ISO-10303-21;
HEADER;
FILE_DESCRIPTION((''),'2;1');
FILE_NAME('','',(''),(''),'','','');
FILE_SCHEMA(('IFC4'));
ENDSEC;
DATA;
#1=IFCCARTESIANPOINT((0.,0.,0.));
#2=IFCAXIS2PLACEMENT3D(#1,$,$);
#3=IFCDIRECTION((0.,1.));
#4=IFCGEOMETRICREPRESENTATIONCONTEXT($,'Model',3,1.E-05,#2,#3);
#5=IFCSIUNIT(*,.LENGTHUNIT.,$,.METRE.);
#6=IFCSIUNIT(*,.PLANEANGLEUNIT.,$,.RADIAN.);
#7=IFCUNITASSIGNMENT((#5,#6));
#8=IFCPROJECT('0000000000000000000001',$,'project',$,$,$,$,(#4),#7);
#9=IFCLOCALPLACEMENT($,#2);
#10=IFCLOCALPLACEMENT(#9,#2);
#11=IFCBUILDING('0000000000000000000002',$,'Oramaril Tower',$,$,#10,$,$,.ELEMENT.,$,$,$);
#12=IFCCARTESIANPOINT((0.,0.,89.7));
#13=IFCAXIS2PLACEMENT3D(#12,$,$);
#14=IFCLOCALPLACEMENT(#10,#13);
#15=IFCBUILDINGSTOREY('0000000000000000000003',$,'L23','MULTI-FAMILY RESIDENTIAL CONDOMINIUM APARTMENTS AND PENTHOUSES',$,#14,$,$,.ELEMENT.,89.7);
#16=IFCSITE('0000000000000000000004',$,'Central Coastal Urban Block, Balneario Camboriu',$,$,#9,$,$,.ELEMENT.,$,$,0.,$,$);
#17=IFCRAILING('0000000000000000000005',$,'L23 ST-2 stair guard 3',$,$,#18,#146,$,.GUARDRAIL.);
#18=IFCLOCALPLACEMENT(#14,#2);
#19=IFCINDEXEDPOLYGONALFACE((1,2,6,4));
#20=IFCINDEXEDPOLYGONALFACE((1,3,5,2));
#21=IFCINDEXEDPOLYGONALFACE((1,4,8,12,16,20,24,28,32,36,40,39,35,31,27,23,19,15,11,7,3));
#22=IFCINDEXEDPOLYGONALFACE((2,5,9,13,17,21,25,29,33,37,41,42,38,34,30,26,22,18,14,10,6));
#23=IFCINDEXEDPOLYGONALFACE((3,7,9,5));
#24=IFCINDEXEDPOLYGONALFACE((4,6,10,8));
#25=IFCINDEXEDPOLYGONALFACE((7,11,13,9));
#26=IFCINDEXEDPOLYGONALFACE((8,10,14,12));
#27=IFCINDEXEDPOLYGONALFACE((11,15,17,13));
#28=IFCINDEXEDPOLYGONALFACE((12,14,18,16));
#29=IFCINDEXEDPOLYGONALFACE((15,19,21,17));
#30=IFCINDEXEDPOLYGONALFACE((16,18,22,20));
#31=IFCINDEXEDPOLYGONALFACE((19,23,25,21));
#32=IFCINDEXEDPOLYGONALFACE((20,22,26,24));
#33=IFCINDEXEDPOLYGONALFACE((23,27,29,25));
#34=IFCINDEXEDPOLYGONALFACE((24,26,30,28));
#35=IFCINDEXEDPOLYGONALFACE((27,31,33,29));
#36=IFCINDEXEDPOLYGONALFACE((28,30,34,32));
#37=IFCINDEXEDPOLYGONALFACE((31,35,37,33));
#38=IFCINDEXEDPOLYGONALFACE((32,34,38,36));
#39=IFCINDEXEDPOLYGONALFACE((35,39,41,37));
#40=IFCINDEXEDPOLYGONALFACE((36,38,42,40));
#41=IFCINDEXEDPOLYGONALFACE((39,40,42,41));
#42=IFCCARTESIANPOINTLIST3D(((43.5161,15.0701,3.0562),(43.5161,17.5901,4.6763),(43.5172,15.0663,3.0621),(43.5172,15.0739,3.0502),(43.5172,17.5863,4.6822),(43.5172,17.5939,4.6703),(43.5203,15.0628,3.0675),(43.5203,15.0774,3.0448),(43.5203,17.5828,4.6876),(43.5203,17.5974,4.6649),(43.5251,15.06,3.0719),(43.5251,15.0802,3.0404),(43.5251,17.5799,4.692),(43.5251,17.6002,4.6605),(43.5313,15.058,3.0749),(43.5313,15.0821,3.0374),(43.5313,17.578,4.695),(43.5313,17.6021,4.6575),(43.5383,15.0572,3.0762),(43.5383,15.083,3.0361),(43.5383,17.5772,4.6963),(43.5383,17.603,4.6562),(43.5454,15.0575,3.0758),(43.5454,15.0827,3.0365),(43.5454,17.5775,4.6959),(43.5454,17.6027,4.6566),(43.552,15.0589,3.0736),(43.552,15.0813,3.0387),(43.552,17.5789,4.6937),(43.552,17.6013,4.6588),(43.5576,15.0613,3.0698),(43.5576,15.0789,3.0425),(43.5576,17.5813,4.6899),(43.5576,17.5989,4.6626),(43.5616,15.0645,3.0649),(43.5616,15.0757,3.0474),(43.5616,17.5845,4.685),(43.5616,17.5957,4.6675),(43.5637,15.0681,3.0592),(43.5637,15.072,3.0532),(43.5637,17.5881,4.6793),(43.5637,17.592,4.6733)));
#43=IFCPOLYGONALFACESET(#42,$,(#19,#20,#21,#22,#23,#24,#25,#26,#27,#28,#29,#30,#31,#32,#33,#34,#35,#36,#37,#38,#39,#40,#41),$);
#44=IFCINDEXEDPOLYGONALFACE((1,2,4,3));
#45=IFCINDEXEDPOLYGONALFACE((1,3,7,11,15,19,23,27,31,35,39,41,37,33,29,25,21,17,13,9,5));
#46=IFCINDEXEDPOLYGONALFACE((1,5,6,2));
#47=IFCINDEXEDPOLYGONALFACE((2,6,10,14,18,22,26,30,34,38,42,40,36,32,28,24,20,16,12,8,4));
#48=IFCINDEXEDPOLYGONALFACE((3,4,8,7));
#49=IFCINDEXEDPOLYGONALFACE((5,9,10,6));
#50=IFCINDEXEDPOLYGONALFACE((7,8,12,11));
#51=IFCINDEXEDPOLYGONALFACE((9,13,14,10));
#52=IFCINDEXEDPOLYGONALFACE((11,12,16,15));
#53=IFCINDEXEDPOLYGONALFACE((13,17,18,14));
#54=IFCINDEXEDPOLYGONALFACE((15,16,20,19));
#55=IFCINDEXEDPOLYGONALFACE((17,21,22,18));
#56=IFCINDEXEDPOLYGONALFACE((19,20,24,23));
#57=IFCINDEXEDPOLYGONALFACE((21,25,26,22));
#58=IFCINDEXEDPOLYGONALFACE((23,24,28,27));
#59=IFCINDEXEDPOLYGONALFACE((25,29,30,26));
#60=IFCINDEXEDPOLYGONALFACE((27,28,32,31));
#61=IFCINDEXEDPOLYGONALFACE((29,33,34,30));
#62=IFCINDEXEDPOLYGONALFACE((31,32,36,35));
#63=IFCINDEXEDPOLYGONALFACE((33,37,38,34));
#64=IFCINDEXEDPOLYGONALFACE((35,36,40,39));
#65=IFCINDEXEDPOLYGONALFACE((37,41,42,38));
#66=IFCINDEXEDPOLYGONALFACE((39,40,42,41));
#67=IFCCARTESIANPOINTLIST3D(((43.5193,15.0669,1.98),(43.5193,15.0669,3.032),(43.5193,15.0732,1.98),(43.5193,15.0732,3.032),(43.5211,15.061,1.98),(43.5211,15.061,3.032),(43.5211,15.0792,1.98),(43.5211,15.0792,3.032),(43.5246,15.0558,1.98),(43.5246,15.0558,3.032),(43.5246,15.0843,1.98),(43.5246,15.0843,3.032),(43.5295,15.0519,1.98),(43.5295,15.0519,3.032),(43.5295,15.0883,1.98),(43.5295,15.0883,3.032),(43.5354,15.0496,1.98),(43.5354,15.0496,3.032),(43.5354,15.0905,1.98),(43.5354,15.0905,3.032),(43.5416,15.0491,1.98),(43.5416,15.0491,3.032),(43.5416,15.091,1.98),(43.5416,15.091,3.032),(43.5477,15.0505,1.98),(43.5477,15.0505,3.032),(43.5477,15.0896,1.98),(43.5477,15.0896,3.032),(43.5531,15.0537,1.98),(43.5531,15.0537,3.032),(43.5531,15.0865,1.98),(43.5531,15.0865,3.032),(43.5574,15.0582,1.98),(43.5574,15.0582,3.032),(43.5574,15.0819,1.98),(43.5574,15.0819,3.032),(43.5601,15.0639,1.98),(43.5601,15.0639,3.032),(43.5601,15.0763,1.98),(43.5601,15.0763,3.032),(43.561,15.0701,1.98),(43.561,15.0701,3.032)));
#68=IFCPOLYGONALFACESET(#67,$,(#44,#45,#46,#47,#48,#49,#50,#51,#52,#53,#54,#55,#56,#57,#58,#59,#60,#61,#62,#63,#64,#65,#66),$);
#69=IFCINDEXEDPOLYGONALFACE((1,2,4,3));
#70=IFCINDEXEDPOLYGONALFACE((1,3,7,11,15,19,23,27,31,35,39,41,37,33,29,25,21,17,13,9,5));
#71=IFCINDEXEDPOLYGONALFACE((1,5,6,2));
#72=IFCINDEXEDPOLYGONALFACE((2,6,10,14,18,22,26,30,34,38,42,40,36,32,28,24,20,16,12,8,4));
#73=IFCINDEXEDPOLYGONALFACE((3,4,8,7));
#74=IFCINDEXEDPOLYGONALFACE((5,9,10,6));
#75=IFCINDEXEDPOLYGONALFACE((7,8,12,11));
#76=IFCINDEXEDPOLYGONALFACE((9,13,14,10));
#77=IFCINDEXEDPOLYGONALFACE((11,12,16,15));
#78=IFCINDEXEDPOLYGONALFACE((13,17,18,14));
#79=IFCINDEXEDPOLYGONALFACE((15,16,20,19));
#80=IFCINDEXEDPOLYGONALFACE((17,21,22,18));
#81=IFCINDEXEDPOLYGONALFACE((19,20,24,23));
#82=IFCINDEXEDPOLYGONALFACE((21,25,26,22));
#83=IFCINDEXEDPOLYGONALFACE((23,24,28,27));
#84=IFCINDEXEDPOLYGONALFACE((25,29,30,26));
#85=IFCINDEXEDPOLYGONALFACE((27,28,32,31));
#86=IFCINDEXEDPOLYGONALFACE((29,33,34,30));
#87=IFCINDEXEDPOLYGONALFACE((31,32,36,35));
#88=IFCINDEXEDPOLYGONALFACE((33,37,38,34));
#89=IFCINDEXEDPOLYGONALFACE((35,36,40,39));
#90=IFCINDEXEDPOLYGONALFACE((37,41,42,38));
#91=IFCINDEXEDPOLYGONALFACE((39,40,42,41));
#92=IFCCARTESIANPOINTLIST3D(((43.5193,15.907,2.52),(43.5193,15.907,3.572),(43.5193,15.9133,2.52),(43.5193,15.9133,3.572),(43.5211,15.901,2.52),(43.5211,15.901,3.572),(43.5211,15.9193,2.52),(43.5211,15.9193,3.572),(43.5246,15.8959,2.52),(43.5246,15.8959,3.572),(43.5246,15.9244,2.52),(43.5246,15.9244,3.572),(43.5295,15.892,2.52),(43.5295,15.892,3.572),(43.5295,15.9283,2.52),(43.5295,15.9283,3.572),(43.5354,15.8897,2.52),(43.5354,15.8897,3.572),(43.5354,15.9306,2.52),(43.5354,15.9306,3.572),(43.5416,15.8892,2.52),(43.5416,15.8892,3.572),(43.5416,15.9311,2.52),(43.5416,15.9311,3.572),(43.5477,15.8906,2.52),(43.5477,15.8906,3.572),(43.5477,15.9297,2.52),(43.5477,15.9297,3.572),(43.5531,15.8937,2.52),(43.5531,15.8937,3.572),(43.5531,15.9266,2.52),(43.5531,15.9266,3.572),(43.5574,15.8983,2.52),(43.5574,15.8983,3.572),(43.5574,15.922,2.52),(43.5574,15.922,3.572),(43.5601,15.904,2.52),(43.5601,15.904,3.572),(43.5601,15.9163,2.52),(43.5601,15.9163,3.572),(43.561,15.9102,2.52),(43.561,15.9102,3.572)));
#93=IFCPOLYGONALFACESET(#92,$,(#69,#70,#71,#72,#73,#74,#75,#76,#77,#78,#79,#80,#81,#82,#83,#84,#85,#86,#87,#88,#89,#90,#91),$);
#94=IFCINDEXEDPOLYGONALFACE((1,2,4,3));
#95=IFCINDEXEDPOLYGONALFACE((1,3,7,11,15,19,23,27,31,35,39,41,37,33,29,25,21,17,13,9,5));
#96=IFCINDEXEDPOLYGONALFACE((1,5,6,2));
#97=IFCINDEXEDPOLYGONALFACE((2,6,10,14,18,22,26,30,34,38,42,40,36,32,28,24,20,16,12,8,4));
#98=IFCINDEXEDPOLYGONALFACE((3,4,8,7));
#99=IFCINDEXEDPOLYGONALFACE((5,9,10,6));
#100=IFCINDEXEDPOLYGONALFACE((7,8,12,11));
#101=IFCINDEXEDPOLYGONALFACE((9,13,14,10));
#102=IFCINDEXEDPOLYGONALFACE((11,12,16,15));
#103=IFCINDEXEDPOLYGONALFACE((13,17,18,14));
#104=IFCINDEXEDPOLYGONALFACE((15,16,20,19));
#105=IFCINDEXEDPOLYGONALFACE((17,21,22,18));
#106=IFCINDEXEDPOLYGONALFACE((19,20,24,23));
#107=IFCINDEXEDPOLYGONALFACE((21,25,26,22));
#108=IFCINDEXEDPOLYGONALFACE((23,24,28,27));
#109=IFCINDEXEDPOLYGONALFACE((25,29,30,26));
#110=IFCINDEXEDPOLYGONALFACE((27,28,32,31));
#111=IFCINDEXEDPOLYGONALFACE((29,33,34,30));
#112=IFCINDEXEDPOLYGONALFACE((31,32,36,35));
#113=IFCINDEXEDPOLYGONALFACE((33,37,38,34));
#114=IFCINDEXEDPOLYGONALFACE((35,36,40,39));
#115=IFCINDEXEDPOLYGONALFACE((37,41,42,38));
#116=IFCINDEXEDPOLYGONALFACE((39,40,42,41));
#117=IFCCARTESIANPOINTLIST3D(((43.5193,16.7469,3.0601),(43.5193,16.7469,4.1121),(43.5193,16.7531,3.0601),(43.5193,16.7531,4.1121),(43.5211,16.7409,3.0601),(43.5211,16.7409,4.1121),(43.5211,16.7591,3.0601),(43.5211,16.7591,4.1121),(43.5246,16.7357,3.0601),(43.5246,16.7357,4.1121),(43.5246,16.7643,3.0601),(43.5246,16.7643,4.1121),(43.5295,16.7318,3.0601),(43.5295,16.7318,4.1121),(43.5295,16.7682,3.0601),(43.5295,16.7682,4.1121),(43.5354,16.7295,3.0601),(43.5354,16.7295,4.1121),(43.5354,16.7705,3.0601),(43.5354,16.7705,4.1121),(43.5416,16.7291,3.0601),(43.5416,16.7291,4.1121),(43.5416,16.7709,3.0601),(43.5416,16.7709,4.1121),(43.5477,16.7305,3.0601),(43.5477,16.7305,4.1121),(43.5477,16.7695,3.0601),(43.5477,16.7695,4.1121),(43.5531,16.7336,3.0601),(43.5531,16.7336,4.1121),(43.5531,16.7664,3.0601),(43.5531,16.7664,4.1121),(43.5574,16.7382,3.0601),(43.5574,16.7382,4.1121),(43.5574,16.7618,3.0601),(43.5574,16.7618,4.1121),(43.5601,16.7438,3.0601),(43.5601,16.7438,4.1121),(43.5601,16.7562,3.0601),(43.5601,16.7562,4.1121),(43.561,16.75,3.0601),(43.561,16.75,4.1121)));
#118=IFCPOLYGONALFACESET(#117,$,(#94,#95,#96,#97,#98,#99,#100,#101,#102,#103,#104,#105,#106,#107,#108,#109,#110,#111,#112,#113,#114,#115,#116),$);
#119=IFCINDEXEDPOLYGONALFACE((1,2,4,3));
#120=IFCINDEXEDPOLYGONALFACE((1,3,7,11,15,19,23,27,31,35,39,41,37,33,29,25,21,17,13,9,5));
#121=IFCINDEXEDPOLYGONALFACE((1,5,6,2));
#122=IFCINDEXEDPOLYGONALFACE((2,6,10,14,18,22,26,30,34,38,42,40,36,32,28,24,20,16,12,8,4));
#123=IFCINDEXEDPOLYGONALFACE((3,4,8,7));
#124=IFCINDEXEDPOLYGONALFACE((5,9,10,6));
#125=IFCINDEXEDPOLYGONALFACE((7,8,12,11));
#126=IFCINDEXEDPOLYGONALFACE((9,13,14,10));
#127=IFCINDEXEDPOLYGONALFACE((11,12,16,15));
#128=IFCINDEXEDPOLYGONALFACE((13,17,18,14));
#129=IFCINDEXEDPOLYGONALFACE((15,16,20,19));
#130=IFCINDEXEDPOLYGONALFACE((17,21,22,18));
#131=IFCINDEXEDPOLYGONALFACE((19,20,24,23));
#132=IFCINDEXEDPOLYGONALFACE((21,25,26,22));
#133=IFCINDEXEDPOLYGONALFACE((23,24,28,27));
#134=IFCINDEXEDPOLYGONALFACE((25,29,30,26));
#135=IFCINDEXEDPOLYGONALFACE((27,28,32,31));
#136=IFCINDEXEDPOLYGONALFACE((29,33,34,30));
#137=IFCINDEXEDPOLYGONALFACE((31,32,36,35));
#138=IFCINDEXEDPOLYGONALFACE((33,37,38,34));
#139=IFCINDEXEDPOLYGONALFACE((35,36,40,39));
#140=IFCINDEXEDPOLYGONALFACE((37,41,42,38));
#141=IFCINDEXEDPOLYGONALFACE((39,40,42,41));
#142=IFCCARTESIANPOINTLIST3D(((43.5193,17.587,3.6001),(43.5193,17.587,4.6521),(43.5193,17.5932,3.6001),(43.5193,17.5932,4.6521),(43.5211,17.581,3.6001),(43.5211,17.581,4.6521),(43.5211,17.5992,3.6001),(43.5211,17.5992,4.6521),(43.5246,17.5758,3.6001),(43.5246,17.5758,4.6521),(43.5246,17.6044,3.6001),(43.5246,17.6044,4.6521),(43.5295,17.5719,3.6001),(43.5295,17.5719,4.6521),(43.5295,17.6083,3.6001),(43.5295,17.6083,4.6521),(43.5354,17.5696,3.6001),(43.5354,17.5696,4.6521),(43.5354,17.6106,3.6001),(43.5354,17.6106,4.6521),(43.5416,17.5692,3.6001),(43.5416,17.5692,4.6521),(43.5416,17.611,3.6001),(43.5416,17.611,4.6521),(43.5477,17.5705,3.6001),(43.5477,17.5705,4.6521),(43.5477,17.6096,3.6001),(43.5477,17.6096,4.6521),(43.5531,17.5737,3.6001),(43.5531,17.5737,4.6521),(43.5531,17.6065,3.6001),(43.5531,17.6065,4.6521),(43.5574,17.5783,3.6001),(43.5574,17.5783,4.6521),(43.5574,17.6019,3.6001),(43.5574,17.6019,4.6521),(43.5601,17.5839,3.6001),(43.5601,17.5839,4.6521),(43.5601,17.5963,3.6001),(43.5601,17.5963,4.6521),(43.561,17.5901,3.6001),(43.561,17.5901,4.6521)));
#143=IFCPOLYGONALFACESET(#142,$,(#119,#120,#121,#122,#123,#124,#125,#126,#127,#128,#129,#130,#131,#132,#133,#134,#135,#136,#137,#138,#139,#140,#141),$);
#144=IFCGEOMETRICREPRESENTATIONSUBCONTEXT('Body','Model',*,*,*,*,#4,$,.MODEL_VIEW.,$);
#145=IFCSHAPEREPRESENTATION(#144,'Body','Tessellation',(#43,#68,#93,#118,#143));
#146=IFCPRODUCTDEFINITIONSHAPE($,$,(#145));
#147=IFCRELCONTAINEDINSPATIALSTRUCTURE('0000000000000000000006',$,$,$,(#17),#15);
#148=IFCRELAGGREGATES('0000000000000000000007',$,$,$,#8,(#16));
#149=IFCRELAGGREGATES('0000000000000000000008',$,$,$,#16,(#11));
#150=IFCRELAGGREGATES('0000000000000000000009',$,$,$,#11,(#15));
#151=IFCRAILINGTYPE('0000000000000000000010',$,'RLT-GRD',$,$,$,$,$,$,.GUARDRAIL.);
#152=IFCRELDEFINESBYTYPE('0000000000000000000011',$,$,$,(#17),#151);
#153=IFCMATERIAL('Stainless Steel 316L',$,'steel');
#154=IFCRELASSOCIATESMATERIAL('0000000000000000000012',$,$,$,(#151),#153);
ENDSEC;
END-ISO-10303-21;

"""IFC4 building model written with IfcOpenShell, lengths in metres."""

from ifc_helpers import new_model, si_unit, direction, frame, origin, origin_2d, place, context, subcontext, project, spatial, circle, extrude, material, type_object, element, save


model = new_model("IFC4")

# Units and contexts
model_context = context("Model", 3, precision=1e-05, world=origin(), true_north=direction((0.0, 1.0)))
body_context = subcontext(model_context, "Body", "Model", "MODEL_VIEW")
ifc_project = project(units=[si_unit("LENGTHUNIT", "METRE"), si_unit("PLANEANGLEUNIT", "RADIAN")], contexts=[model_context])

# Site, building, storey
site_placement = place(None, origin())
site = spatial("IfcSite", under=ifc_project, at=site_placement, Name="Central Coastal Urban Block, Balneario Camboriu", CompositionType="ELEMENT", RefElevation=0.0)
building_placement = place(site_placement, origin())
building = spatial("IfcBuilding", under=site, at=building_placement, Name="Oramaril Tower", CompositionType="ELEMENT")
storey_placement = place(building_placement, frame((0.0, 0.0, 89.7)))
storey = spatial("IfcBuildingStorey", under=building, at=storey_placement, Name="L23", Description="MULTI-FAMILY RESIDENTIAL CONDOMINIUM APARTMENTS AND PENTHOUSES", CompositionType="ELEMENT", Elevation=89.7)

# Railing
ifc_material_1 = material(Name="Stainless Steel 316L", Category="steel")
railing_type_1 = type_object("IfcRailingType", Name="RLT-GRD", PredefinedType="GUARDRAIL", material=ifc_material_1)
railing_1_placement = place(storey_placement, frame((43.54, 15.0701, 1.98)))
element("IfcRailing", 1, at=railing_1_placement, inside=storey, type_object=railing_type_1, Name="L23 ST-2 stair guard 3", PredefinedType="GUARDRAIL", context=body_context, shape_type="SweptSolid", body=[
    extrude(circle(Radius=0.0239, at=origin_2d()), frame((0.0, 0.0, 1.0762), z_axis=(0.0, 0.841163, 0.540782), x_axis=(-1.0, 0.0, 0.0)), (0.0, 0.0, 1.0), 2.9958),
    extrude(circle(Radius=0.021, at=origin_2d()), origin(), (0.0, 0.0, 1.0), 1.052),
    extrude(circle(Radius=0.021, at=origin_2d()), frame((0.0, 0.8401, 0.54)), (0.0, 0.0, 1.0), 1.052),
    extrude(circle(Radius=0.021, at=origin_2d()), frame((0.0, 1.6799, 1.0801)), (0.0, 0.0, 1.0), 1.052),
    extrude(circle(Radius=0.021, at=origin_2d()), frame((0.0, 2.52, 1.6201)), (0.0, 0.0, 1.0), 1.052),
])

save(model, "model.ifc")
